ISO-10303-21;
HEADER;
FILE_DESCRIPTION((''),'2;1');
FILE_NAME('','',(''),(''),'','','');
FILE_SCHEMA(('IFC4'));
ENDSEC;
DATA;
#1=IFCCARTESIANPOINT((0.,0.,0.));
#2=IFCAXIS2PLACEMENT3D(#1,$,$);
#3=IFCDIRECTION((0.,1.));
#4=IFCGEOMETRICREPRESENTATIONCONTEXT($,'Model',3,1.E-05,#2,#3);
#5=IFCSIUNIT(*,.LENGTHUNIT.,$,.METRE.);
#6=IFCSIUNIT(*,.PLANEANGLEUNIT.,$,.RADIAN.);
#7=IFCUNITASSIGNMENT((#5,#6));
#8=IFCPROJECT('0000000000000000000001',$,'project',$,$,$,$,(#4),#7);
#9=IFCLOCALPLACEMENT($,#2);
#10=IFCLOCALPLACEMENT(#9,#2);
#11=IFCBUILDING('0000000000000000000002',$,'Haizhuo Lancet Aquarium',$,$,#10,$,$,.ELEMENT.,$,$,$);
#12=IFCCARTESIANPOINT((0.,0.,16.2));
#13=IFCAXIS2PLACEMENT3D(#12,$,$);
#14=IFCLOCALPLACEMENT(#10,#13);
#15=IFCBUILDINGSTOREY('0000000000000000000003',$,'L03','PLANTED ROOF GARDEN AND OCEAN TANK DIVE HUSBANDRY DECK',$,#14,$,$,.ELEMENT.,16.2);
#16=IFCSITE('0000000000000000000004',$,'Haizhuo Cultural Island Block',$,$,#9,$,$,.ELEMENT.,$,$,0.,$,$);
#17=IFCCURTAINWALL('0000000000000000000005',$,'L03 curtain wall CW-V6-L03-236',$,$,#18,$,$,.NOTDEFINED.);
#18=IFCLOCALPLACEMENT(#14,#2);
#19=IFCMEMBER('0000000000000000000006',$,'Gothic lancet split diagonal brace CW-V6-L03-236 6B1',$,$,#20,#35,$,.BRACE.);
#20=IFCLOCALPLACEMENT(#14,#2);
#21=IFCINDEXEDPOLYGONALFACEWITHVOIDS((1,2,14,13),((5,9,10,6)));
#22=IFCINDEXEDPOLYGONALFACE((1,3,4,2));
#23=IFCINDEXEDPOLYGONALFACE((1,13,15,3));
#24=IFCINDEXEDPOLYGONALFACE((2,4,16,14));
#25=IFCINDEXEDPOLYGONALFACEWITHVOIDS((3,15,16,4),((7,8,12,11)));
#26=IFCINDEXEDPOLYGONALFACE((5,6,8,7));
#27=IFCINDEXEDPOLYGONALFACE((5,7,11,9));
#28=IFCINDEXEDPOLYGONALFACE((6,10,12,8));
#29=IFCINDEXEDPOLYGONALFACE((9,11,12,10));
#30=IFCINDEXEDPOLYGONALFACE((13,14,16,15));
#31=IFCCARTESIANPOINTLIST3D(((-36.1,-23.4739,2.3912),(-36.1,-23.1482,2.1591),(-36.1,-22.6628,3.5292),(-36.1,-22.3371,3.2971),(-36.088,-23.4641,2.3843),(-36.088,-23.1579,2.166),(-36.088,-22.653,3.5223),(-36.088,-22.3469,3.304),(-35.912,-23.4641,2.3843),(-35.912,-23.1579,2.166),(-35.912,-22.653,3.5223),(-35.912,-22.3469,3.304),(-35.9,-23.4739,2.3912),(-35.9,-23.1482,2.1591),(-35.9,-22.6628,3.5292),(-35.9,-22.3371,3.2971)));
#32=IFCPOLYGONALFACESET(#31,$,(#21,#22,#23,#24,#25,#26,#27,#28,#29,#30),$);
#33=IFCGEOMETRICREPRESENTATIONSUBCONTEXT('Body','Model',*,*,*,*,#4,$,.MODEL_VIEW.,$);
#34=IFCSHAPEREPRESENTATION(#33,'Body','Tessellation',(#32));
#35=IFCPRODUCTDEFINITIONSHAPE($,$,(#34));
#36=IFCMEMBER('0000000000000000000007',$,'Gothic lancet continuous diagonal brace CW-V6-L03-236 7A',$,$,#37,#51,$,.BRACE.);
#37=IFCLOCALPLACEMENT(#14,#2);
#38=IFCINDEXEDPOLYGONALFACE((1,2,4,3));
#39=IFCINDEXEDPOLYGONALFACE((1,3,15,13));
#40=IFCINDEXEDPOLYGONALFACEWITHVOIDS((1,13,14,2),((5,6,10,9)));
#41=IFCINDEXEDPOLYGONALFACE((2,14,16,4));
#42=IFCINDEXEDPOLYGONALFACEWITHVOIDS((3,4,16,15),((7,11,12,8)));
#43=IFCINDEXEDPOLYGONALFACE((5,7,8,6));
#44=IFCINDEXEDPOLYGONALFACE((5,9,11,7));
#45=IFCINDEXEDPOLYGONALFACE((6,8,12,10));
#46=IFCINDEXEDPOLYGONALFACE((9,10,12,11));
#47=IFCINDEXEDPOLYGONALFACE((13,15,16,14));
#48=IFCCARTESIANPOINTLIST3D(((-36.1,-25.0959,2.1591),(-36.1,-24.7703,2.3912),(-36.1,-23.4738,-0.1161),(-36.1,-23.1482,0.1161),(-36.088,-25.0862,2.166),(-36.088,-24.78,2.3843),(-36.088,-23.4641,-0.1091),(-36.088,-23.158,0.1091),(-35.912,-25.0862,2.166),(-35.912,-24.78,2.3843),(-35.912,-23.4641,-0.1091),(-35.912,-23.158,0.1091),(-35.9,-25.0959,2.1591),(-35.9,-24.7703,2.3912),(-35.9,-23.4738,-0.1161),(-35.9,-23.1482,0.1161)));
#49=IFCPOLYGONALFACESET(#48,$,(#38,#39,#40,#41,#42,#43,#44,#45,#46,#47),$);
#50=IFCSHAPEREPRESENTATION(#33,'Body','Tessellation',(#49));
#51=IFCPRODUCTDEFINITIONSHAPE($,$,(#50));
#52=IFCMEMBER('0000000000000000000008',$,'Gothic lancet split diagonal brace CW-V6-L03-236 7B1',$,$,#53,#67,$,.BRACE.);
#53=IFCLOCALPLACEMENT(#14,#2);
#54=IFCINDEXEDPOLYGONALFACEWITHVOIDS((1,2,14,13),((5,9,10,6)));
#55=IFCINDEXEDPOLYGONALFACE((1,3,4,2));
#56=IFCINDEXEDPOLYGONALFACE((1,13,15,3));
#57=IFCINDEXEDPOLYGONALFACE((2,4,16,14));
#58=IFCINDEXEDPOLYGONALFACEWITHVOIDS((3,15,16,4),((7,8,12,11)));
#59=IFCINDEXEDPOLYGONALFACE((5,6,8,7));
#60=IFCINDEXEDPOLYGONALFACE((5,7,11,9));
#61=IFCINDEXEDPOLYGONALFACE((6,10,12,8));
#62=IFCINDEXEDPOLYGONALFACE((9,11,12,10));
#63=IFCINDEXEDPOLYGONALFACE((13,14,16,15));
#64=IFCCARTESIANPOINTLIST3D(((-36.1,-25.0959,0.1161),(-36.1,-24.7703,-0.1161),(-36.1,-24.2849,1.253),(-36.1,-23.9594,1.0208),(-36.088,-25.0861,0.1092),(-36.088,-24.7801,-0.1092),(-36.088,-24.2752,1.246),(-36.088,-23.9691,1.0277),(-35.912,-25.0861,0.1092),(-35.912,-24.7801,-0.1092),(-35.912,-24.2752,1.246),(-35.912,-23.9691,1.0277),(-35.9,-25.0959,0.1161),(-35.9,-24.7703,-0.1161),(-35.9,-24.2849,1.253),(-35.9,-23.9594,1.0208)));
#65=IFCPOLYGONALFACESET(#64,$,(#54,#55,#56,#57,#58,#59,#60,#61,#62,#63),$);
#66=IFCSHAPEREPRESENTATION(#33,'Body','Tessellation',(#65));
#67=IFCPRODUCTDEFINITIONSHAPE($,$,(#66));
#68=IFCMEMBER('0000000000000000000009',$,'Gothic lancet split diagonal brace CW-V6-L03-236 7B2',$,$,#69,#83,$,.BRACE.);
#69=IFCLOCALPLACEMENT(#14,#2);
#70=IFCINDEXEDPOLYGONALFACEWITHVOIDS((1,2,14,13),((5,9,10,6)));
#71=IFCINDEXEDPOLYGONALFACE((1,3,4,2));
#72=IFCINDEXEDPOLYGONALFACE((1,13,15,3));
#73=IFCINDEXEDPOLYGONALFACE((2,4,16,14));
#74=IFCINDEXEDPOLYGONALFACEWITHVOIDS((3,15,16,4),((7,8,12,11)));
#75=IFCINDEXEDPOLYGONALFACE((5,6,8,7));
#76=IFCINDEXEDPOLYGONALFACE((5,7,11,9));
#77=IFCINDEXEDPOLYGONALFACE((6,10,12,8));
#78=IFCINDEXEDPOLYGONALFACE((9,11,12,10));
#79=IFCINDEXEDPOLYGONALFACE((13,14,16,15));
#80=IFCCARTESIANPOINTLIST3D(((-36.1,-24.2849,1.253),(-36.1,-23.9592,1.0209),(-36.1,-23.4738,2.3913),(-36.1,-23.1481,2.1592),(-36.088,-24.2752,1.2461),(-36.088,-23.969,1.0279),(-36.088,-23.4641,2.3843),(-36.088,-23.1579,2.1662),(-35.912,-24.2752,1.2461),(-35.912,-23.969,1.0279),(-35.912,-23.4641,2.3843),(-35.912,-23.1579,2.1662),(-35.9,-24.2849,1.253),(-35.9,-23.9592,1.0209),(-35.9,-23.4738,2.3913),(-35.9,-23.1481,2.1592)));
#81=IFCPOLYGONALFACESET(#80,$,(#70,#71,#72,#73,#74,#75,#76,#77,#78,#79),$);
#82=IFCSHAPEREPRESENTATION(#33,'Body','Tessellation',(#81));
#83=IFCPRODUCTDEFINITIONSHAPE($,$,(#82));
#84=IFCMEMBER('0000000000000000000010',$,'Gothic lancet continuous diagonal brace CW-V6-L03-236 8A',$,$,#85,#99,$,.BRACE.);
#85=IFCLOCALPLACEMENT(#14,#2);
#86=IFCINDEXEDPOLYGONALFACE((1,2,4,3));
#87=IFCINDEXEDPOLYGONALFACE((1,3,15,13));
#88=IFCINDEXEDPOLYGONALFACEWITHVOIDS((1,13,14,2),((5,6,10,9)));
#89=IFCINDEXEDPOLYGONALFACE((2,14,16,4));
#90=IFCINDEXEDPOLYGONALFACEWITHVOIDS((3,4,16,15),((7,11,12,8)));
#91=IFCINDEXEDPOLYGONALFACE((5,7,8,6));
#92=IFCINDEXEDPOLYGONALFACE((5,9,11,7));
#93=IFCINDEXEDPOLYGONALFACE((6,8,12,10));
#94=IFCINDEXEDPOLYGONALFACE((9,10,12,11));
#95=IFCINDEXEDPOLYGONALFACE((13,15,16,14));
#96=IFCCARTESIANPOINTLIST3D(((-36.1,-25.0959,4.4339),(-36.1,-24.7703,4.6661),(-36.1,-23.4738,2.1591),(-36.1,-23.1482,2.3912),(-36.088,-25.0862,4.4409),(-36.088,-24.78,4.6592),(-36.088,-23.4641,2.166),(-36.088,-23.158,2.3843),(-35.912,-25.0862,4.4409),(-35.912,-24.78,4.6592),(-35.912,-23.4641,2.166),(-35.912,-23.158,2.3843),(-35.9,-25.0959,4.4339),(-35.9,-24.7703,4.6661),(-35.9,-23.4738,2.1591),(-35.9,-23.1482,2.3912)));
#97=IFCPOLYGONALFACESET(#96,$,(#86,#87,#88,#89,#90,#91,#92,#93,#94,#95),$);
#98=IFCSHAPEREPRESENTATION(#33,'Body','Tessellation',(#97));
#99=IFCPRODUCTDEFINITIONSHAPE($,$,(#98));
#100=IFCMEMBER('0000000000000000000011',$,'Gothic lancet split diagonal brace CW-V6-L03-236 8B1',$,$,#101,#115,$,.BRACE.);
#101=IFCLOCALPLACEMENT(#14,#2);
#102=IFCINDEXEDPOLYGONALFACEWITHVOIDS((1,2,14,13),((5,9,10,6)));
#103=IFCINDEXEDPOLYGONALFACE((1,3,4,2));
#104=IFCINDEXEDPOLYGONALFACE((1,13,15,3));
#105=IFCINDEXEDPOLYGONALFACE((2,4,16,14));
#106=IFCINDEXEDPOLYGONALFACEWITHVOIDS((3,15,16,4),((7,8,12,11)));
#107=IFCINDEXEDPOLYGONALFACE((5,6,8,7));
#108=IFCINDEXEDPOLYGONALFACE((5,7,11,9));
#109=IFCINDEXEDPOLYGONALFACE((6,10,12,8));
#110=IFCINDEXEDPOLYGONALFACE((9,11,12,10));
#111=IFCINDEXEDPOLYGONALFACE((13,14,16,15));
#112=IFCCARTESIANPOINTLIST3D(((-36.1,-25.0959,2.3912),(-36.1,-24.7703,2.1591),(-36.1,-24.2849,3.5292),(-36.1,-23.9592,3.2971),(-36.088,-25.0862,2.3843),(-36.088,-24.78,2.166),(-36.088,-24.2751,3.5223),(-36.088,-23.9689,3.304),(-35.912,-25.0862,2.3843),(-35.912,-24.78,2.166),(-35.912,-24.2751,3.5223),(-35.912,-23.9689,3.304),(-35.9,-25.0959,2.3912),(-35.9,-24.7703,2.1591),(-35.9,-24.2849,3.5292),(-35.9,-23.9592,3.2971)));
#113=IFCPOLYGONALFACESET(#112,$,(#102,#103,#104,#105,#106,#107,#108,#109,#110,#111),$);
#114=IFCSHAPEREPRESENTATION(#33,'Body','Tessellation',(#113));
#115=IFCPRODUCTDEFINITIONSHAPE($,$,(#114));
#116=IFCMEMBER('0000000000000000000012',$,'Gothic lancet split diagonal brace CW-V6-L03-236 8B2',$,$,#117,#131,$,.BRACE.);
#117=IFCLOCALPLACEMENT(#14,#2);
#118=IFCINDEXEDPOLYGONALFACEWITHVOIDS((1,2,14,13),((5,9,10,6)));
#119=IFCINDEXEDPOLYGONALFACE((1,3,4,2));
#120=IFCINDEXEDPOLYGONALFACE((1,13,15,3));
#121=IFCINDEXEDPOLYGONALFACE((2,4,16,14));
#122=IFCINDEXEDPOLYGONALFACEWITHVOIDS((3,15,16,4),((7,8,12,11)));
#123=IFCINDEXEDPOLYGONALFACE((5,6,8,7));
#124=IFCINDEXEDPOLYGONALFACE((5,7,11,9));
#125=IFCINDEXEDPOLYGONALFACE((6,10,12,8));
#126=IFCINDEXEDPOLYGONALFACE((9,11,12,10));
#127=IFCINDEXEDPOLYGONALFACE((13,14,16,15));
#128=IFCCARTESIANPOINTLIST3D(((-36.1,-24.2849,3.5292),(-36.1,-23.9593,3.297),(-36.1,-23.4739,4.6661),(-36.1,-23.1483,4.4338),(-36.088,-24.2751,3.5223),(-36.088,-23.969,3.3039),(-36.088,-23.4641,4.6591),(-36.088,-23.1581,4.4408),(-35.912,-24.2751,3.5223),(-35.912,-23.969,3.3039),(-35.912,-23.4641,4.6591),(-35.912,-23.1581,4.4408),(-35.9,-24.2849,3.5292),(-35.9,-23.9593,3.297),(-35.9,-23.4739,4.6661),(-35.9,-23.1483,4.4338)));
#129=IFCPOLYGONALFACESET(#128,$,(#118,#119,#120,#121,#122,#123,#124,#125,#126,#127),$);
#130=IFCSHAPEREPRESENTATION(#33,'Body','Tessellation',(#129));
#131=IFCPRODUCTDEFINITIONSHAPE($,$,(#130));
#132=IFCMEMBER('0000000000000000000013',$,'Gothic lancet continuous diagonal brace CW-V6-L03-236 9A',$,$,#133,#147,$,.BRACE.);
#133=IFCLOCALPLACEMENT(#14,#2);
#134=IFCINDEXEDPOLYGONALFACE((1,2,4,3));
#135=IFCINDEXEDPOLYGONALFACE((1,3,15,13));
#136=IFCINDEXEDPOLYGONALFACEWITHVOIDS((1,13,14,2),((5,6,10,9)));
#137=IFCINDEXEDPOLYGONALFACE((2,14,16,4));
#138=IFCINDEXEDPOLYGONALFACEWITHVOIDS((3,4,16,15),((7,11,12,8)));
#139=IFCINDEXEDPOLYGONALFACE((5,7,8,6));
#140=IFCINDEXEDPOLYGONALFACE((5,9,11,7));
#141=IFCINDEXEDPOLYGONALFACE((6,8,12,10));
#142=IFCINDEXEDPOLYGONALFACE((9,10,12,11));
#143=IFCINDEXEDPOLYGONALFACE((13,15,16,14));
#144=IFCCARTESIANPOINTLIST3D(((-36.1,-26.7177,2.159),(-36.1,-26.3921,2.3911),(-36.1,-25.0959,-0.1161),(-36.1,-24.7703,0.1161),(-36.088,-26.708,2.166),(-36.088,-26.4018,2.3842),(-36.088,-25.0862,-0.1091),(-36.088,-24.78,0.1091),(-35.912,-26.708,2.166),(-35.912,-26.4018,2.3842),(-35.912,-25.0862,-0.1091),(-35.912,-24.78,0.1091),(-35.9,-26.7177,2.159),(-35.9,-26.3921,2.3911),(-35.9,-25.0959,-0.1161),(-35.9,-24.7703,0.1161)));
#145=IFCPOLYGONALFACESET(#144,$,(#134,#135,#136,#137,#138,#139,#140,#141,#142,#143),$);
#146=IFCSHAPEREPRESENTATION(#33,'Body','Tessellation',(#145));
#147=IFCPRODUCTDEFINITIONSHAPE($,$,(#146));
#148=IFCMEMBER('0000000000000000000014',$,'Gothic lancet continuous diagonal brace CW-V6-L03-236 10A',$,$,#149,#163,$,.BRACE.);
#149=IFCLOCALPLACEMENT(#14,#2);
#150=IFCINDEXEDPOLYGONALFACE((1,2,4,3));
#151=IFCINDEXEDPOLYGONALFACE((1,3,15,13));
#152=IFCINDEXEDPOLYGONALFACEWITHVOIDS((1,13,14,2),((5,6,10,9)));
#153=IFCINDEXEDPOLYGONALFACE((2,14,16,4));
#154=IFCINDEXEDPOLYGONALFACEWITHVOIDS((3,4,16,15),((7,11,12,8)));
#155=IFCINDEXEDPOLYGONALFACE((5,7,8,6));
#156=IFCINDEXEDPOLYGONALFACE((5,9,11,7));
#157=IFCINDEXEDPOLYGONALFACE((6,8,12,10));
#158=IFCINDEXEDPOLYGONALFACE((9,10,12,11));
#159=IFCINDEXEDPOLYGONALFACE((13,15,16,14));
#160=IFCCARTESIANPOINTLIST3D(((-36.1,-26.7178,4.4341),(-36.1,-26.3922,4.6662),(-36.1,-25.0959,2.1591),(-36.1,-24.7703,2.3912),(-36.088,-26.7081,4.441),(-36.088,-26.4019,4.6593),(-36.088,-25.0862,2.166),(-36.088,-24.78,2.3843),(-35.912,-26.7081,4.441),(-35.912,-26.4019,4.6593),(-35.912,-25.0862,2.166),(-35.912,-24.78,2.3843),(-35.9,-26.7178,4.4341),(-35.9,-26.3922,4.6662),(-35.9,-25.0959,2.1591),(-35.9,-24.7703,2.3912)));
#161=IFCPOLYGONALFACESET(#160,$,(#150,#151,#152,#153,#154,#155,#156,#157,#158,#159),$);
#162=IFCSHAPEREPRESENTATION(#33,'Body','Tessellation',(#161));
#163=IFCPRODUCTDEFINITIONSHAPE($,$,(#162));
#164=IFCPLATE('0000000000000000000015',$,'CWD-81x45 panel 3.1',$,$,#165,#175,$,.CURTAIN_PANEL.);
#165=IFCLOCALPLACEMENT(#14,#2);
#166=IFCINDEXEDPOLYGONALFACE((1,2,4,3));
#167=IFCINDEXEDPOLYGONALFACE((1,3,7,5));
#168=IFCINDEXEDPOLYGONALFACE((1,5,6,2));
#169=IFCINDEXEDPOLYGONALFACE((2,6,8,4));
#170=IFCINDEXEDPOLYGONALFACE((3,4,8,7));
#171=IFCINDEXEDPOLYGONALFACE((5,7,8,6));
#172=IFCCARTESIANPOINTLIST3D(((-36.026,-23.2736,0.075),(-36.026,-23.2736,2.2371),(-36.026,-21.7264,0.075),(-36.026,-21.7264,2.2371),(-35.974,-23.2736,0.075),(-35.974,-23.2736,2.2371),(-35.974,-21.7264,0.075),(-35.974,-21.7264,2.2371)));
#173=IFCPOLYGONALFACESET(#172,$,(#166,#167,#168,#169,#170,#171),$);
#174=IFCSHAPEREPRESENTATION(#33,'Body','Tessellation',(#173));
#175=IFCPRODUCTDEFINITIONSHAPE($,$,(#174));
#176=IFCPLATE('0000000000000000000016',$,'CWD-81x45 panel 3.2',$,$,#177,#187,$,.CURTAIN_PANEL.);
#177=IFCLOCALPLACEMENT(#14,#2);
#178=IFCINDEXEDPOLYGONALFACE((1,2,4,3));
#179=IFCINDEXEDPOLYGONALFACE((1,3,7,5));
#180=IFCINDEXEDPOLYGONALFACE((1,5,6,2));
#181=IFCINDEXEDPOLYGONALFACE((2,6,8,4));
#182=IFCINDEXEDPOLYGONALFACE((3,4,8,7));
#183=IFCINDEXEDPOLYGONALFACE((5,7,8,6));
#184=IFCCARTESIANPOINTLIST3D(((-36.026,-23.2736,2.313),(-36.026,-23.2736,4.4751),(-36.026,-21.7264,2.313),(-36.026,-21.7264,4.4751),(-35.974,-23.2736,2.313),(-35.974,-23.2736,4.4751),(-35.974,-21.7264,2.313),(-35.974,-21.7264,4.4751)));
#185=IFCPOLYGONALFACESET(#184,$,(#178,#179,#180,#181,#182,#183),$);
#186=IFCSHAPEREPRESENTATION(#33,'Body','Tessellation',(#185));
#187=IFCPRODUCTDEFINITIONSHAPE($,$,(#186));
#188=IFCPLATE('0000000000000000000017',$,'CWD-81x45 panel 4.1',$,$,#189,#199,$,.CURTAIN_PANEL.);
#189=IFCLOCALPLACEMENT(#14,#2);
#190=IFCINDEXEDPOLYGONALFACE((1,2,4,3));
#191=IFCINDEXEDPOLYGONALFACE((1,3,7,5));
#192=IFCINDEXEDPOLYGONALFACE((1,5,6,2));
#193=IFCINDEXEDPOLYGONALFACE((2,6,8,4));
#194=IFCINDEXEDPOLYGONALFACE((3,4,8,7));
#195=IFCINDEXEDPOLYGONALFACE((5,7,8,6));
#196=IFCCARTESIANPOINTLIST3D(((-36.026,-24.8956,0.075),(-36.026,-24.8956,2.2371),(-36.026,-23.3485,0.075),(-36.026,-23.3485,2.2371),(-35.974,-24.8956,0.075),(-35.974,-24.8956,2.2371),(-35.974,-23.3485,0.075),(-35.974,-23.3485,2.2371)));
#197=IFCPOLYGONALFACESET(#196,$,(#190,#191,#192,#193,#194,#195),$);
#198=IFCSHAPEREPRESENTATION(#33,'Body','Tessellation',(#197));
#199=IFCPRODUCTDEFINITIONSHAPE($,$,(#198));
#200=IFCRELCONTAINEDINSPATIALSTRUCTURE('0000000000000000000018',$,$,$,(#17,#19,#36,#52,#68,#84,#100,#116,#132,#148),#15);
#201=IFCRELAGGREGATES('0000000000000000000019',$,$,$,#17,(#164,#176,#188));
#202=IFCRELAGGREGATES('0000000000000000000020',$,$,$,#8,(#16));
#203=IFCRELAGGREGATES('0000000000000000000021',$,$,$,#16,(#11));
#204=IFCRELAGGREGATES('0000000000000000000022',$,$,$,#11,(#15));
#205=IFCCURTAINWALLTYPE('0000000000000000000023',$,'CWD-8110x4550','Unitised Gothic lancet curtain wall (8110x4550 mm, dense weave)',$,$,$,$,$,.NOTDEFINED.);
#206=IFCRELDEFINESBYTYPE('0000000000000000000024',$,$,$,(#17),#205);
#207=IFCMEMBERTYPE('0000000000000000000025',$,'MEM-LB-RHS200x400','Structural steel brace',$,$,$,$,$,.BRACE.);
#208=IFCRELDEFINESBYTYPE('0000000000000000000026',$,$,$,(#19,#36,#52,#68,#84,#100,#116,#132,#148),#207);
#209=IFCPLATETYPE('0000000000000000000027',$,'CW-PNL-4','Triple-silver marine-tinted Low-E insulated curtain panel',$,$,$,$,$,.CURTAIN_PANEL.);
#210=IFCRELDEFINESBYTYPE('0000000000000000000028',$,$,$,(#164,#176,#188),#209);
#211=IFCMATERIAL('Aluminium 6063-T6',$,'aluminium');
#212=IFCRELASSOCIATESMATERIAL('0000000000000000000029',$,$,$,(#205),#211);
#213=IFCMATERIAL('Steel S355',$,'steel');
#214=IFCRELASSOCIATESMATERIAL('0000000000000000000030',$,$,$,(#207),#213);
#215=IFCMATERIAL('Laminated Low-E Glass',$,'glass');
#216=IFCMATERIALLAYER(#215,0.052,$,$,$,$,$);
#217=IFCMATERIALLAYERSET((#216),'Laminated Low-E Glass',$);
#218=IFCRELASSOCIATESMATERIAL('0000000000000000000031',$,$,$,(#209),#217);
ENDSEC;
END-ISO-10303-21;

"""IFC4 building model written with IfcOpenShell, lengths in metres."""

from ifc_helpers import new_model, si_unit, direction, frame, origin, origin_2d, place, context, subcontext, project, spatial, rectangle, hollow_rectangle, extrude, material, layer, layer_set, material_profile, profile_set, type_object, element, aggregate, save


model = new_model("IFC4")

# Units and contexts
model_context = context("Model", 3, precision=1e-05, world=origin(), true_north=direction((0.0, 1.0)))
body_context = subcontext(model_context, "Body", "Model", "MODEL_VIEW")
ifc_project = project(units=[si_unit("LENGTHUNIT", "METRE"), si_unit("PLANEANGLEUNIT", "RADIAN")], contexts=[model_context])

# Site, building, storey
site_placement = place(None, origin())
site = spatial("IfcSite", under=ifc_project, at=site_placement, Name="Haizhuo Cultural Island Block", CompositionType="ELEMENT", RefElevation=0.0)
building_placement = place(site_placement, origin())
building = spatial("IfcBuilding", under=site, at=building_placement, Name="Haizhuo Lancet Aquarium", CompositionType="ELEMENT")
storey_placement = place(building_placement, frame((0.0, 0.0, 16.2)))
storey = spatial("IfcBuildingStorey", under=building, at=storey_placement, Name="L03", Description="PLANTED ROOF GARDEN AND OCEAN TANK DIVE HUSBANDRY DECK", CompositionType="ELEMENT", Elevation=16.2)

# Curtain wall
ifc_material_1 = material(Name="Aluminium 6063-T6", Category="aluminium")
curtain_wall_type = type_object("IfcCurtainWallType", Name="CWD-8110x4550", Description="Unitised Gothic lancet curtain wall (8110x4550 mm, dense weave)", PredefinedType="NOTDEFINED", material=ifc_material_1)
curtain_wall_placement = place(storey_placement, origin())
curtain_wall = element("IfcCurtainWall", 1, at=curtain_wall_placement, inside=storey, type_object=curtain_wall_type, Name="L03 curtain wall CW-V6-L03-236", PredefinedType="NOTDEFINED")

# Members
ifc_material_2 = material(Name="Steel S355", Category="steel")
ifc_material_profile_1 = material_profile(ifc_material_2, hollow_rectangle(XDim=0.2, YDim=0.3999, WallThickness=0.012, at=origin_2d()), Name="RHS 200x400x12")
ifc_profile_set_1 = profile_set([ifc_material_profile_1], Name="Steel S355")
member_type_1 = type_object("IfcMemberType", Name="MEM-LB-RHS200x400", Description="Structural steel brace", PredefinedType="BRACE", material=ifc_profile_set_1)
member_1_placement = place(storey_placement, frame((-36.0, -23.311, 2.2751), z_axis=(0.0, 0.580395, 0.814335), x_axis=(-1.0, 0.0, 0.0)))
element("IfcMember", 2, at=member_1_placement, inside=storey, type_object=member_type_1, Name="Gothic lancet split diagonal brace CW-V6-L03-236 6B1", PredefinedType="BRACE", context=body_context, shape_type="SweptSolid", body=[
    extrude(hollow_rectangle(XDim=0.2, YDim=0.3999, WallThickness=0.012, at=origin_2d()), origin(), (0.0, 0.0, 1.0), 1.3975),
])
member_2_placement = place(storey_placement, frame((-36.0, -23.311, 0.0), z_axis=(0.0, -0.580519, 0.814247), x_axis=(1.0, 0.0, 0.0)))
element("IfcMember", 3, at=member_2_placement, inside=storey, type_object=member_type_1, Name="Gothic lancet continuous diagonal brace CW-V6-L03-236 7A", PredefinedType="BRACE", context=body_context, shape_type="SweptSolid", body=[
    extrude(hollow_rectangle(XDim=0.2, YDim=0.3999, WallThickness=0.012, at=origin_2d()), origin(), (0.0, 0.0, 1.0), 2.7942),
])
member_3_placement = place(storey_placement, frame((-36.0, -24.9331, 0.0), z_axis=(0.0, 0.580725, 0.814099), x_axis=(-1.0, 0.0, 0.0)))
element("IfcMember", 4, at=member_3_placement, inside=storey, type_object=member_type_1, Name="Gothic lancet split diagonal brace CW-V6-L03-236 7B1", PredefinedType="BRACE", context=body_context, shape_type="SweptSolid", body=[
    extrude(hollow_rectangle(XDim=0.2, YDim=0.3999, WallThickness=0.012, at=origin_2d()), origin(), (0.0, 0.0, 1.0), 1.3965),
])
member_4_placement = place(storey_placement, frame((-36.0, -24.1221, 1.137), z_axis=(0.0, 0.580312, 0.814394), x_axis=(-1.0, 0.0, 0.0)))
element("IfcMember", 5, at=member_4_placement, inside=storey, type_object=member_type_1, Name="Gothic lancet split diagonal brace CW-V6-L03-236 7B2", PredefinedType="BRACE", context=body_context, shape_type="SweptSolid", body=[
    extrude(hollow_rectangle(XDim=0.2, YDim=0.3999, WallThickness=0.012, at=origin_2d()), origin(), (0.0, 0.0, 1.0), 1.3977),
])
member_5_placement = place(storey_placement, frame((-36.0, -23.311, 2.2751), z_axis=(0.0, -0.58056, 0.814217), x_axis=(1.0, 0.0, 0.0)))
element("IfcMember", 6, at=member_5_placement, inside=storey, type_object=member_type_1, Name="Gothic lancet continuous diagonal brace CW-V6-L03-236 8A", PredefinedType="BRACE", context=body_context, shape_type="SweptSolid", body=[
    extrude(hollow_rectangle(XDim=0.2, YDim=0.3999, WallThickness=0.012, at=origin_2d()), origin(), (0.0, 0.0, 1.0), 2.7939),
])
member_6_placement = place(storey_placement, frame((-36.0, -24.9331, 2.2751), z_axis=(0.0, 0.580395, 0.814335), x_axis=(-1.0, 0.0, 0.0)))
element("IfcMember", 7, at=member_6_placement, inside=storey, type_object=member_type_1, Name="Gothic lancet split diagonal brace CW-V6-L03-236 8B1", PredefinedType="BRACE", context=body_context, shape_type="SweptSolid", body=[
    extrude(hollow_rectangle(XDim=0.2, YDim=0.3999, WallThickness=0.012, at=origin_2d()), origin(), (0.0, 0.0, 1.0), 1.3975),
])
member_7_placement = place(storey_placement, frame((-36.0, -24.1221, 3.4131), z_axis=(0.0, 0.580725, 0.814099), x_axis=(-1.0, 0.0, 0.0)))
element("IfcMember", 8, at=member_7_placement, inside=storey, type_object=member_type_1, Name="Gothic lancet split diagonal brace CW-V6-L03-236 8B2", PredefinedType="BRACE", context=body_context, shape_type="SweptSolid", body=[
    extrude(hollow_rectangle(XDim=0.2, YDim=0.3999, WallThickness=0.012, at=origin_2d()), origin(), (0.0, 0.0, 1.0), 1.3965),
])
for number, where, z_axis, x_axis, name in (
    (9, (-36.0, -24.9331, 0.0), (0.0, -0.580461, 0.814288), (1.0, 0.0, 0.0), "Gothic lancet continuous diagonal brace CW-V6-L03-236 9A"),
    (10, (-36.0, -24.9331, 2.2751), (0.0, -0.580502, 0.814259), (1.0, 0.0, 0.0), "Gothic lancet continuous diagonal brace CW-V6-L03-236 10A"),
):
    element("IfcMember", number, at=place(storey_placement, frame(where, z_axis=z_axis, x_axis=x_axis)), inside=storey, type_object=member_type_1, Name=name, PredefinedType="BRACE", context=body_context, shape_type="SweptSolid", body=[
        extrude(hollow_rectangle(XDim=0.2, YDim=0.3999, WallThickness=0.012, at=origin_2d()), origin(), (0.0, 0.0, 1.0), 2.7939),
    ])

# Plates
ifc_material_3 = material(Name="Laminated Low-E Glass", Category="glass")
ifc_layer_1 = layer(ifc_material_3, 0.052)
ifc_layer_set_1 = layer_set([ifc_layer_1], Name="Laminated Low-E Glass")
plate_type = type_object("IfcPlateType", Name="CW-PNL-4", Description="Triple-silver marine-tinted Low-E insulated curtain panel", PredefinedType="CURTAIN_PANEL", material=ifc_layer_set_1)
plate_1_placement = place(storey_placement, frame((-36.0, -22.5, 0.075), z_axis=(0.0, 0.0, 1.0), x_axis=(0.0, -1.0, 0.0)))
plate_1 = element("IfcPlate", 11, at=plate_1_placement, type_object=plate_type, Name="CWD-81x45 panel 3.1", PredefinedType="CURTAIN_PANEL", context=body_context, shape_type="SweptSolid", body=[
    extrude(rectangle(XDim=1.5471, YDim=0.052, at=origin_2d()), origin(), (0.0, 0.0, 1.0), 2.1621),
])
plate_2_placement = place(storey_placement, frame((-36.0, -22.5, 2.313), z_axis=(0.0, 0.0, 1.0), x_axis=(0.0, -1.0, 0.0)))
plate_2 = element("IfcPlate", 12, at=plate_2_placement, type_object=plate_type, Name="CWD-81x45 panel 3.2", PredefinedType="CURTAIN_PANEL", context=body_context, shape_type="SweptSolid", body=[
    extrude(rectangle(XDim=1.5471, YDim=0.052, at=origin_2d()), origin(), (0.0, 0.0, 1.0), 2.1621),
])
plate_3_placement = place(storey_placement, frame((-36.0, -24.1221, 0.075), z_axis=(0.0, 0.0, 1.0), x_axis=(0.0, -1.0, 0.0)))
plate_3 = element("IfcPlate", 13, at=plate_3_placement, type_object=plate_type, Name="CWD-81x45 panel 4.1", PredefinedType="CURTAIN_PANEL", context=body_context, shape_type="SweptSolid", body=[
    extrude(rectangle(XDim=1.5471, YDim=0.052, at=origin_2d()), origin(), (0.0, 0.0, 1.0), 2.1621),
])
aggregate(curtain_wall, [plate_1, plate_2, plate_3])

save(model, "model.ifc")
